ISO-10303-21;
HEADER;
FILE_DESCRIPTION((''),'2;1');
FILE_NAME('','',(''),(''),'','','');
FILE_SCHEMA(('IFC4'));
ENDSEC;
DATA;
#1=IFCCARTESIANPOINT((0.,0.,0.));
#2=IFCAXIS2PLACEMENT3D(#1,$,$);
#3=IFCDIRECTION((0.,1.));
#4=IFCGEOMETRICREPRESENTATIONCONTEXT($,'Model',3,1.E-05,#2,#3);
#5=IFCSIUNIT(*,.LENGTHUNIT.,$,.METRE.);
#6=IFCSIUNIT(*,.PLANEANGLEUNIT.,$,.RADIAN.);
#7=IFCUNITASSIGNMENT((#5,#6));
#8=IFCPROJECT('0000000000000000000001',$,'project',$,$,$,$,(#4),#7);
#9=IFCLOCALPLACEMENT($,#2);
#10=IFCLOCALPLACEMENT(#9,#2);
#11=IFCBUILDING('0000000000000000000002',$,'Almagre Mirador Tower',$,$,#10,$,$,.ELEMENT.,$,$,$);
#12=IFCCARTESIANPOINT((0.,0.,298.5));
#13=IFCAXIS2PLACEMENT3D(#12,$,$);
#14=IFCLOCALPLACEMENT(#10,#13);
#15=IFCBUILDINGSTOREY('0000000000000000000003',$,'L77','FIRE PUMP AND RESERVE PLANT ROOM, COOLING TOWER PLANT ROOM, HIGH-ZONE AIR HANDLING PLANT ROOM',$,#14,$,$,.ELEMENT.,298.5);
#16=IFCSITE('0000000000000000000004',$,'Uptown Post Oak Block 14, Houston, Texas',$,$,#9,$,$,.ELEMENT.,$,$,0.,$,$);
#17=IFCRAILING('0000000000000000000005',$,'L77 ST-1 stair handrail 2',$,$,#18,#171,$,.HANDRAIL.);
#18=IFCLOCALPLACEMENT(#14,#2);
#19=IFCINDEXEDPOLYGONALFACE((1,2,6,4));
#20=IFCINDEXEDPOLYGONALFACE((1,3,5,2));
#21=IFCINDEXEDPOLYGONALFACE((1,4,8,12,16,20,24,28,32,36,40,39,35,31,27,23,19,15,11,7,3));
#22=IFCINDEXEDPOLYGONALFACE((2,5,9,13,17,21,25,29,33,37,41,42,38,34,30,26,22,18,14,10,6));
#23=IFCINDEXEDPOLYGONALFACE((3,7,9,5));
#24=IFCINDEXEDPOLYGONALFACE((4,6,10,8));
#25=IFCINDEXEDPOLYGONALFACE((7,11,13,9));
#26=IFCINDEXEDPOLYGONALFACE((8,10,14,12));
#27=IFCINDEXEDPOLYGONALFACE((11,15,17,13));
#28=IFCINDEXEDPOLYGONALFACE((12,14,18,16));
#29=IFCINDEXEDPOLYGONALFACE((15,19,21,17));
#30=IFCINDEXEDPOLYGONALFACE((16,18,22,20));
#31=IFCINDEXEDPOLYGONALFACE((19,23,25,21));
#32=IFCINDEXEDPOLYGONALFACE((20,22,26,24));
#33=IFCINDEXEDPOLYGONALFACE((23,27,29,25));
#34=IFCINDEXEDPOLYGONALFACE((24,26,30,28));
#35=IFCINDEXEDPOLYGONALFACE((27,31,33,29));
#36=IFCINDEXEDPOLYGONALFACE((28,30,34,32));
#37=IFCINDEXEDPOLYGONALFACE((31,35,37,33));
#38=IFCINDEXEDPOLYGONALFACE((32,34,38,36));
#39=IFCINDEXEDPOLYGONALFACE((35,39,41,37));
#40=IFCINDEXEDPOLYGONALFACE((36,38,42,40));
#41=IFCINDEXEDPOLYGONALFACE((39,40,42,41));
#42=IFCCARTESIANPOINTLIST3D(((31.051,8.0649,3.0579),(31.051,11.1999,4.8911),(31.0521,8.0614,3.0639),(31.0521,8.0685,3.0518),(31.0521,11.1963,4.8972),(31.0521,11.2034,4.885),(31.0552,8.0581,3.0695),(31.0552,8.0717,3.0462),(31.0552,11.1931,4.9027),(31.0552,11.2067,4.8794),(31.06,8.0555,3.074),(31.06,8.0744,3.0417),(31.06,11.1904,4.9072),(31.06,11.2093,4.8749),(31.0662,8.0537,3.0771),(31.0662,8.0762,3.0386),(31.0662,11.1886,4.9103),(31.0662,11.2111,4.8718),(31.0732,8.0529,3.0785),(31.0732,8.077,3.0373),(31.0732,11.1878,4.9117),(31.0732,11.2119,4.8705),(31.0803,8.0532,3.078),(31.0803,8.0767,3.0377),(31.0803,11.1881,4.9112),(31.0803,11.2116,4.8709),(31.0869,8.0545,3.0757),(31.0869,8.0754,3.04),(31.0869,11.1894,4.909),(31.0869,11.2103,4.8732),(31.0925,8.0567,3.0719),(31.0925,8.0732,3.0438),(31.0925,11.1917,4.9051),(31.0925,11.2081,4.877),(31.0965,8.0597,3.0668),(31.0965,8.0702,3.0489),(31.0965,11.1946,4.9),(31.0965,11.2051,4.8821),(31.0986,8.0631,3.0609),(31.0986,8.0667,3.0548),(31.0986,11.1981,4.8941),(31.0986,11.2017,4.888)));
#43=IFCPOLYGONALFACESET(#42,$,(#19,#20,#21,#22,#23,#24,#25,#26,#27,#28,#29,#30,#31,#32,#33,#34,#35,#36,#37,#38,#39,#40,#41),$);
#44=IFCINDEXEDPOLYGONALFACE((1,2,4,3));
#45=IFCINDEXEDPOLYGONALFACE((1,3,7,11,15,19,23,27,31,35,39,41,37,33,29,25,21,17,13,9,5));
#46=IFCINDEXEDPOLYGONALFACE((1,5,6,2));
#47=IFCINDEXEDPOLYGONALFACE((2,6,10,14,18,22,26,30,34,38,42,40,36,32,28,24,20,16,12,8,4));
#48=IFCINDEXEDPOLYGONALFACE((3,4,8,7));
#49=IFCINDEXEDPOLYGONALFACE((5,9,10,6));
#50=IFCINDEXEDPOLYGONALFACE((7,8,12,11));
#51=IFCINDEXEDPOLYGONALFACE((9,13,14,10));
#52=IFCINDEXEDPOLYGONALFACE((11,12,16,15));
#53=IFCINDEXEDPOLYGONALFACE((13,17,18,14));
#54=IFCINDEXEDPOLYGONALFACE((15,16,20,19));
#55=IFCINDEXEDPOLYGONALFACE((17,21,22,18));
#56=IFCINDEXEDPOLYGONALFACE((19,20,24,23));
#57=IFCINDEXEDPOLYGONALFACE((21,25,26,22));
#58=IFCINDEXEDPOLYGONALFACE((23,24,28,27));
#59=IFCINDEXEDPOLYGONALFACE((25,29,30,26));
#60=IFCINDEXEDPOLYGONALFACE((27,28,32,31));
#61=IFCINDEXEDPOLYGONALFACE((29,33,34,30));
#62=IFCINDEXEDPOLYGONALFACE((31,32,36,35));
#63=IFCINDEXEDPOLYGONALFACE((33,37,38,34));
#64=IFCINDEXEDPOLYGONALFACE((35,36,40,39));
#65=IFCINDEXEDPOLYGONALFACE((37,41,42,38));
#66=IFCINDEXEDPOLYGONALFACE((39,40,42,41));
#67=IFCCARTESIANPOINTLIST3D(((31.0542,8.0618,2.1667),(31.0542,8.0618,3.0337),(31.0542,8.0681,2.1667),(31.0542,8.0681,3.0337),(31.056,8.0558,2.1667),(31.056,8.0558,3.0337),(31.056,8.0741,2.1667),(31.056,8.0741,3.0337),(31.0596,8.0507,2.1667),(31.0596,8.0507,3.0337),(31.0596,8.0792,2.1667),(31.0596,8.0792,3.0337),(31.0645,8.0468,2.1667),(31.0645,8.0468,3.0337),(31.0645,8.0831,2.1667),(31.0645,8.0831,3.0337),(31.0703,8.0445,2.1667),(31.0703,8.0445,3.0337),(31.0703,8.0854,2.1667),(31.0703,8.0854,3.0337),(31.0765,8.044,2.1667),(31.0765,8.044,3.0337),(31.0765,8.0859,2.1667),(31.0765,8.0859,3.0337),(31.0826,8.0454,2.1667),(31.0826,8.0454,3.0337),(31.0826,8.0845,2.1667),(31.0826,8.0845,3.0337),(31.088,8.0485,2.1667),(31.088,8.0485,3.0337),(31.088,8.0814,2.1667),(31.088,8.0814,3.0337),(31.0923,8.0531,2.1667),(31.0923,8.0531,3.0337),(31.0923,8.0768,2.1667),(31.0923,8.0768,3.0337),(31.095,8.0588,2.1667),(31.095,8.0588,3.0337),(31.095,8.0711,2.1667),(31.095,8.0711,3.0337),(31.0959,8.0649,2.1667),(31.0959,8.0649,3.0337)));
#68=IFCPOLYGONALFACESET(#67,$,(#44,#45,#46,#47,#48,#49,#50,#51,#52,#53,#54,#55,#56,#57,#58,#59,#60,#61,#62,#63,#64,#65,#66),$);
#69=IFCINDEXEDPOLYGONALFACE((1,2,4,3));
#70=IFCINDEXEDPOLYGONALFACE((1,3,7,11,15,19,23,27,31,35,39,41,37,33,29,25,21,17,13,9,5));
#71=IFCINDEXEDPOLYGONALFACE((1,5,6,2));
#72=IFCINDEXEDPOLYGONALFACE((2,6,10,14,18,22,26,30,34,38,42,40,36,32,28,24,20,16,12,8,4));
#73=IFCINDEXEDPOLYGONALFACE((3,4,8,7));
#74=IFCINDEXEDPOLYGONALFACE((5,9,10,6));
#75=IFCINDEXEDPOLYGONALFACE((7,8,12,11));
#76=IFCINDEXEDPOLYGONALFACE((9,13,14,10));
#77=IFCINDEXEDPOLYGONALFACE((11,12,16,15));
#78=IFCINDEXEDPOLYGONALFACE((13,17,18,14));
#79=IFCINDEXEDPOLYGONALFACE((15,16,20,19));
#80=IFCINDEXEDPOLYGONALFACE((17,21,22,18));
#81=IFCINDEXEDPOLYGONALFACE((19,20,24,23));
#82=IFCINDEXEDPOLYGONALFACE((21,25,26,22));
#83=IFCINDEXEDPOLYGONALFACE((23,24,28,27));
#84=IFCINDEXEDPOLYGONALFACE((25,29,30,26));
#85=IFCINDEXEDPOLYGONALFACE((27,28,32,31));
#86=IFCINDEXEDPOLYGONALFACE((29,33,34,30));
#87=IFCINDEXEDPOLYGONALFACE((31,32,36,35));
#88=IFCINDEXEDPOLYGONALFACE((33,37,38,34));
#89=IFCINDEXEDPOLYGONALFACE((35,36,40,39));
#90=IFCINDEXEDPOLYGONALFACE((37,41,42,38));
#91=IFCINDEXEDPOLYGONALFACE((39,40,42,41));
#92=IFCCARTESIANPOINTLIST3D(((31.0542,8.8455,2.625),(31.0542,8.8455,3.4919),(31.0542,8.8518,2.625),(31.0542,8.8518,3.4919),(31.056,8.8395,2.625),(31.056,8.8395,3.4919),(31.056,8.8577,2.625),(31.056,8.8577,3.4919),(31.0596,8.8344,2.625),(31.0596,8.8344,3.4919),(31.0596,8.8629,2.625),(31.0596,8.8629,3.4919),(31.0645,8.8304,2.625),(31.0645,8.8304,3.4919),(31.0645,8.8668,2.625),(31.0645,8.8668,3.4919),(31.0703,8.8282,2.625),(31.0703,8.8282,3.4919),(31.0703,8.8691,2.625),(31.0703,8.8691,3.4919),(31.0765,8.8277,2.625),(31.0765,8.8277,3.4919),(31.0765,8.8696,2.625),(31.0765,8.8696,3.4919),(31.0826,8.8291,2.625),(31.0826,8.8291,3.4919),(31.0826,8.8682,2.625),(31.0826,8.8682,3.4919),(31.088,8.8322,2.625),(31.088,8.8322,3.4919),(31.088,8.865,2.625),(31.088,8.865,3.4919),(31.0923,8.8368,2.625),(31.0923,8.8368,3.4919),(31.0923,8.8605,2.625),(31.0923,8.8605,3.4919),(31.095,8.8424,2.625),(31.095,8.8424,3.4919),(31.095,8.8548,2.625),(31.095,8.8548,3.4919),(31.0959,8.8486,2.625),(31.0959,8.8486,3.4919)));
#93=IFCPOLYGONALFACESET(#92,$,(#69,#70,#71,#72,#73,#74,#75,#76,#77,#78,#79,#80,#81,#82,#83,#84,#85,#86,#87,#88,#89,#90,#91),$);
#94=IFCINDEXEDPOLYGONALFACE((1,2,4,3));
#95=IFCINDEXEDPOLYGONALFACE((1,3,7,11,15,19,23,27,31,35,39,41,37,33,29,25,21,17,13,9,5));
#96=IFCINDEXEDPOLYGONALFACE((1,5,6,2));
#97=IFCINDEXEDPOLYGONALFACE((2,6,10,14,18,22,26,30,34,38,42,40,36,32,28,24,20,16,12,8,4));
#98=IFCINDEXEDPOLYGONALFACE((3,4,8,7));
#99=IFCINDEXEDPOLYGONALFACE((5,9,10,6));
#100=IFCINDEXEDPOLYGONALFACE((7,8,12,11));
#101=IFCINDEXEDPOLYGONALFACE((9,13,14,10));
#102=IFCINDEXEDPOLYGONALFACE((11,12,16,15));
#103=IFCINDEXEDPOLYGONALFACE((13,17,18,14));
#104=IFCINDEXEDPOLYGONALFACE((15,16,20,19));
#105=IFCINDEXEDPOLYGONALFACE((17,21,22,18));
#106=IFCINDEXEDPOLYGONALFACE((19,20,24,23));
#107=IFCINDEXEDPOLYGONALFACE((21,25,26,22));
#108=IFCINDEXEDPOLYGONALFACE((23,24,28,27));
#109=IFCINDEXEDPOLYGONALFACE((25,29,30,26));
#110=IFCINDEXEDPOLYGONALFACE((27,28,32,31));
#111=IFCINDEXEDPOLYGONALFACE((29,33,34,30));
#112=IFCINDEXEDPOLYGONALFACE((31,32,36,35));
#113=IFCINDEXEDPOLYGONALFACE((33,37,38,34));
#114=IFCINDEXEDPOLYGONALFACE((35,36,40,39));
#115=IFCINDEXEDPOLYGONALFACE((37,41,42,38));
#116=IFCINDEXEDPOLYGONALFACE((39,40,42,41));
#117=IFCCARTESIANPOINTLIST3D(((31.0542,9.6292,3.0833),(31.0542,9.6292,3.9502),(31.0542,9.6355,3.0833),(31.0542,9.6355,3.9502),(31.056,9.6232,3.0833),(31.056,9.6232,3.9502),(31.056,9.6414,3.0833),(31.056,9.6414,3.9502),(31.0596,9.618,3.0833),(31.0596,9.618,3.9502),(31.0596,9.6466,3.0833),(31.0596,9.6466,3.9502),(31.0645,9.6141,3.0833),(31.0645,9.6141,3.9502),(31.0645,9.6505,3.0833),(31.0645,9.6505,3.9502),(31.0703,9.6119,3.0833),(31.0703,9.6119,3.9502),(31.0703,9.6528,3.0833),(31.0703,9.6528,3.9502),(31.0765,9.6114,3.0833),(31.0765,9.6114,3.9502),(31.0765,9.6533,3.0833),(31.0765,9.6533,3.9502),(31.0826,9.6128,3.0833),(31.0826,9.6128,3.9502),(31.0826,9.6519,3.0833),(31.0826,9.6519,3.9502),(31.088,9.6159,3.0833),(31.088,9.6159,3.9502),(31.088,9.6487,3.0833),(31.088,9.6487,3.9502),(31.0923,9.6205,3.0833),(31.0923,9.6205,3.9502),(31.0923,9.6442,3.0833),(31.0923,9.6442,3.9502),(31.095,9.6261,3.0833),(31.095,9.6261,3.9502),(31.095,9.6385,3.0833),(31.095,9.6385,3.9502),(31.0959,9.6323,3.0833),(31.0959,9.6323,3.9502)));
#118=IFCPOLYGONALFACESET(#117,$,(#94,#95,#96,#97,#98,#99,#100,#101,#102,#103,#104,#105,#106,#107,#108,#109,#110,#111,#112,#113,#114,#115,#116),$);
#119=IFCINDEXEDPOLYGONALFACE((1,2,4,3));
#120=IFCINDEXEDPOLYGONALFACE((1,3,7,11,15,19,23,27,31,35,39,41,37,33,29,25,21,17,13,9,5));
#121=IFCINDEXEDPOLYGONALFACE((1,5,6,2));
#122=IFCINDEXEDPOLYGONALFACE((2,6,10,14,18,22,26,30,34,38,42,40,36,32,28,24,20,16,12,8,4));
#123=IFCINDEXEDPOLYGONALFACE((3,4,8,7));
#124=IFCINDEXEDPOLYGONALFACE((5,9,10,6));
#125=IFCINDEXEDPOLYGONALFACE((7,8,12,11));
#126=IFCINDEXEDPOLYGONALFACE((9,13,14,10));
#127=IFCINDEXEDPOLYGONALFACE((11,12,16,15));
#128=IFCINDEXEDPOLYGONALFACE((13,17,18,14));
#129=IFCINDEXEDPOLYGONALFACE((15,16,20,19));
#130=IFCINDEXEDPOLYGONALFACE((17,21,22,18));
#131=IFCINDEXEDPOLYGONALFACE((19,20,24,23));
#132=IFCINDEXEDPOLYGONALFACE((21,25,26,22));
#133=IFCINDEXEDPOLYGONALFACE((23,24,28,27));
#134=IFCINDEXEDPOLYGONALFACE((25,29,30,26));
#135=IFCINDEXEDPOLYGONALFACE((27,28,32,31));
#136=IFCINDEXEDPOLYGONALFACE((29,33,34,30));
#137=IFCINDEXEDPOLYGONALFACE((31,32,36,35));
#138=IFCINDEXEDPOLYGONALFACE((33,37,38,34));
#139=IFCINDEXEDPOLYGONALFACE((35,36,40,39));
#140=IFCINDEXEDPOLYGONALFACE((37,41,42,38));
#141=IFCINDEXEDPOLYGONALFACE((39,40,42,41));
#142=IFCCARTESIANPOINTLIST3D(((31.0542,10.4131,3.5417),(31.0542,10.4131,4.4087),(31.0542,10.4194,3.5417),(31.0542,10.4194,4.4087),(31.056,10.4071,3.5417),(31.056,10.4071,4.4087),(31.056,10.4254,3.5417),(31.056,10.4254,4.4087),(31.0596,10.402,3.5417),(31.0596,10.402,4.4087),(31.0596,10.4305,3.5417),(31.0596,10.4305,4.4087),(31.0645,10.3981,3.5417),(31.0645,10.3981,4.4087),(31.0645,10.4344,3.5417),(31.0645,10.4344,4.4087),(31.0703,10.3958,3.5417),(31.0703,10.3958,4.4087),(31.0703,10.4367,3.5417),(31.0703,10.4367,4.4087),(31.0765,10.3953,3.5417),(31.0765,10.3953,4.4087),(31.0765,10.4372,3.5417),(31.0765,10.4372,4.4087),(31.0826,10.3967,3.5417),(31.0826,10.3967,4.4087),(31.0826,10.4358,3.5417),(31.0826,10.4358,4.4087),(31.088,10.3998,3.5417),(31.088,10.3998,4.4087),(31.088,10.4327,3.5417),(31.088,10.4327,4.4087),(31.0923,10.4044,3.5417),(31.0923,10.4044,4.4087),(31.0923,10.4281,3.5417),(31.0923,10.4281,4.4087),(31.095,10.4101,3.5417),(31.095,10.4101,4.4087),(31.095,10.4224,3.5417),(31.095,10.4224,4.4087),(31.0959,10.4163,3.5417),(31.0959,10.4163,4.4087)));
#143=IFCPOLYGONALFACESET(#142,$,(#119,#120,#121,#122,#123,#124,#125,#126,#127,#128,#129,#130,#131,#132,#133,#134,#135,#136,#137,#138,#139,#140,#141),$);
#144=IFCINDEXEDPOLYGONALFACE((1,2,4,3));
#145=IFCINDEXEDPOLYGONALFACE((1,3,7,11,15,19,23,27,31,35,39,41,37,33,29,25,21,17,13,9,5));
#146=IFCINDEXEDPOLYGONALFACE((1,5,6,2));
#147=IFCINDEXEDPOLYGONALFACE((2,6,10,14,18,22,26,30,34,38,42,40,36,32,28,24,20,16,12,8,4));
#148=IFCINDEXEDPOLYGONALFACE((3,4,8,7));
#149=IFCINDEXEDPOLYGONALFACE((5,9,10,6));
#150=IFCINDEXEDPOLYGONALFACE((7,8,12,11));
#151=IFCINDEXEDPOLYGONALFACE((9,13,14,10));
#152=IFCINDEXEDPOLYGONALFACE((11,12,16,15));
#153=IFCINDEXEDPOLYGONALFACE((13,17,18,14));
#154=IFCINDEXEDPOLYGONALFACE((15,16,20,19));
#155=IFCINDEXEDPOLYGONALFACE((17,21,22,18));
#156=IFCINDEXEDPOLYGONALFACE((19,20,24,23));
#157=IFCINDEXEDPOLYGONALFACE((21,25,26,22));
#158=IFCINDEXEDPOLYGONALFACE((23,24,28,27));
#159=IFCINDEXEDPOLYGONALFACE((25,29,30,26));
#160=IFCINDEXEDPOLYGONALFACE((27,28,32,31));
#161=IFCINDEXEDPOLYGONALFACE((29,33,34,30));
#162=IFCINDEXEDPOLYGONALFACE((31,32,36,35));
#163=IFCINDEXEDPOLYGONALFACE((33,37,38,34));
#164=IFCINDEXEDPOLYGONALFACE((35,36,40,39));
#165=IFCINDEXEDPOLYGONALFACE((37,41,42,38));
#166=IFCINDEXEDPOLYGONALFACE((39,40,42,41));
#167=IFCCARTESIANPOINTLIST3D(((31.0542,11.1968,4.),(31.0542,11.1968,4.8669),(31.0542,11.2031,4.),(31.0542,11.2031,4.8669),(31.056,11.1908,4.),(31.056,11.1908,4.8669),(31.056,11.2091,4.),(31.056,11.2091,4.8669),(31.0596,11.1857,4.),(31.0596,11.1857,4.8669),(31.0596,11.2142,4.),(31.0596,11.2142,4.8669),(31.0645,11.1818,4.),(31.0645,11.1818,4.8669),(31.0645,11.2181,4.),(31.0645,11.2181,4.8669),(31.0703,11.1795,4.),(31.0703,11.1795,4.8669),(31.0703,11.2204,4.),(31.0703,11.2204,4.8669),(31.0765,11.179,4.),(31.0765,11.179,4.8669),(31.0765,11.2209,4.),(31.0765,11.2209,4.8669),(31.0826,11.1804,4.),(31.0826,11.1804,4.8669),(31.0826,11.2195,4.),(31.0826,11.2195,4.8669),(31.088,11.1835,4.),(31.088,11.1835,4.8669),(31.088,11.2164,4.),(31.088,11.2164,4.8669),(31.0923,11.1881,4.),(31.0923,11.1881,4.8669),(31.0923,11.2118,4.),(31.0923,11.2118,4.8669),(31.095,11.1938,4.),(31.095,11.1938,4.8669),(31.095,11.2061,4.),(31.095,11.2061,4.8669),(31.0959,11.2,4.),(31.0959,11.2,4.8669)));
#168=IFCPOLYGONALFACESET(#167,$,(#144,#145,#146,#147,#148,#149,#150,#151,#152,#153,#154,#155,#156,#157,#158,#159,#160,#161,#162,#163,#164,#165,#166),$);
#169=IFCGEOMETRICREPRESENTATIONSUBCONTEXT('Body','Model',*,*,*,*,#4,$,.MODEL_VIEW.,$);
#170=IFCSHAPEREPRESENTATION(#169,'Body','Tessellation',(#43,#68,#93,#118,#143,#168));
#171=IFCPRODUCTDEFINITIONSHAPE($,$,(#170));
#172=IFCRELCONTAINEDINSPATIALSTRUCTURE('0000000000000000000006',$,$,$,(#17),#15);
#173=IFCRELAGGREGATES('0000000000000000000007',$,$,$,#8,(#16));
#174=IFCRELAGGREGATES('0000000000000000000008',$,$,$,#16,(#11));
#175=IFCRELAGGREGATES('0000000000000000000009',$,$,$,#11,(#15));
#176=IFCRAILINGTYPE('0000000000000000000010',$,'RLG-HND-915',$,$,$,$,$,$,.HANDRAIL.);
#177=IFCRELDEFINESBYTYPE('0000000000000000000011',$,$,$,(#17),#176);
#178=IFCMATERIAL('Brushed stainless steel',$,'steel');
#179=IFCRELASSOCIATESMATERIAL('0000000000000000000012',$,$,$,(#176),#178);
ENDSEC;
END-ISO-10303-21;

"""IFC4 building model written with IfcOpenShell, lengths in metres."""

from ifc_helpers import new_model, si_unit, direction, frame, origin, origin_2d, place, context, subcontext, project, spatial, circle, extrude, material, type_object, element, save


model = new_model("IFC4")

# Units and contexts
model_context = context("Model", 3, precision=1e-05, world=origin(), true_north=direction((0.0, 1.0)))
body_context = subcontext(model_context, "Body", "Model", "MODEL_VIEW")
ifc_project = project(units=[si_unit("LENGTHUNIT", "METRE"), si_unit("PLANEANGLEUNIT", "RADIAN")], contexts=[model_context])

# Site, building, storey
site_placement = place(None, origin())
site = spatial("IfcSite", under=ifc_project, at=site_placement, Name="Uptown Post Oak Block 14, Houston, Texas", CompositionType="ELEMENT", RefElevation=0.0)
building_placement = place(site_placement, origin())
building = spatial("IfcBuilding", under=site, at=building_placement, Name="Almagre Mirador Tower", CompositionType="ELEMENT")
storey_placement = place(building_placement, frame((0.0, 0.0, 298.5)))
storey = spatial("IfcBuildingStorey", under=building, at=storey_placement, Name="L77", Description="FIRE PUMP AND RESERVE PLANT ROOM, COOLING TOWER PLANT ROOM, HIGH-ZONE AIR HANDLING PLANT ROOM", CompositionType="ELEMENT", Elevation=298.5)

# Railing
ifc_material_1 = material(Name="Brushed stainless steel", Category="steel")
railing_type_1 = type_object("IfcRailingType", Name="RLG-HND-915", PredefinedType="HANDRAIL", material=ifc_material_1)
railing_1_placement = place(storey_placement, frame((31.075, 8.0649, 2.1667)))
element("IfcRailing", 1, at=railing_1_placement, inside=storey, type_object=railing_type_1, Name="L77 ST-1 stair handrail 2", PredefinedType="HANDRAIL", context=body_context, shape_type="SweptSolid", body=[
    extrude(circle(Radius=0.0239, at=origin_2d()), frame((0.0, 0.0, 0.8911), z_axis=(0.0, 0.86324, 0.504794), x_axis=(-1.0, 0.0, 0.0)), (0.0, 0.0, 1.0), 3.6316),
    extrude(circle(Radius=0.021, at=origin_2d()), origin(), (0.0, 0.0, 1.0), 0.8669),
    extrude(circle(Radius=0.021, at=origin_2d()), frame((0.0, 0.7837, 0.4583)), (0.0, 0.0, 1.0), 0.8669),
    extrude(circle(Radius=0.021, at=origin_2d()), frame((0.0, 1.5674, 0.9165)), (0.0, 0.0, 1.0), 0.8669),
    extrude(circle(Radius=0.021, at=origin_2d()), frame((0.0, 2.3513, 1.375)), (0.0, 0.0, 1.0), 0.8669),
    extrude(circle(Radius=0.021, at=origin_2d()), frame((0.0, 3.135, 1.8333)), (0.0, 0.0, 1.0), 0.8669),
])

save(model, "model.ifc")
